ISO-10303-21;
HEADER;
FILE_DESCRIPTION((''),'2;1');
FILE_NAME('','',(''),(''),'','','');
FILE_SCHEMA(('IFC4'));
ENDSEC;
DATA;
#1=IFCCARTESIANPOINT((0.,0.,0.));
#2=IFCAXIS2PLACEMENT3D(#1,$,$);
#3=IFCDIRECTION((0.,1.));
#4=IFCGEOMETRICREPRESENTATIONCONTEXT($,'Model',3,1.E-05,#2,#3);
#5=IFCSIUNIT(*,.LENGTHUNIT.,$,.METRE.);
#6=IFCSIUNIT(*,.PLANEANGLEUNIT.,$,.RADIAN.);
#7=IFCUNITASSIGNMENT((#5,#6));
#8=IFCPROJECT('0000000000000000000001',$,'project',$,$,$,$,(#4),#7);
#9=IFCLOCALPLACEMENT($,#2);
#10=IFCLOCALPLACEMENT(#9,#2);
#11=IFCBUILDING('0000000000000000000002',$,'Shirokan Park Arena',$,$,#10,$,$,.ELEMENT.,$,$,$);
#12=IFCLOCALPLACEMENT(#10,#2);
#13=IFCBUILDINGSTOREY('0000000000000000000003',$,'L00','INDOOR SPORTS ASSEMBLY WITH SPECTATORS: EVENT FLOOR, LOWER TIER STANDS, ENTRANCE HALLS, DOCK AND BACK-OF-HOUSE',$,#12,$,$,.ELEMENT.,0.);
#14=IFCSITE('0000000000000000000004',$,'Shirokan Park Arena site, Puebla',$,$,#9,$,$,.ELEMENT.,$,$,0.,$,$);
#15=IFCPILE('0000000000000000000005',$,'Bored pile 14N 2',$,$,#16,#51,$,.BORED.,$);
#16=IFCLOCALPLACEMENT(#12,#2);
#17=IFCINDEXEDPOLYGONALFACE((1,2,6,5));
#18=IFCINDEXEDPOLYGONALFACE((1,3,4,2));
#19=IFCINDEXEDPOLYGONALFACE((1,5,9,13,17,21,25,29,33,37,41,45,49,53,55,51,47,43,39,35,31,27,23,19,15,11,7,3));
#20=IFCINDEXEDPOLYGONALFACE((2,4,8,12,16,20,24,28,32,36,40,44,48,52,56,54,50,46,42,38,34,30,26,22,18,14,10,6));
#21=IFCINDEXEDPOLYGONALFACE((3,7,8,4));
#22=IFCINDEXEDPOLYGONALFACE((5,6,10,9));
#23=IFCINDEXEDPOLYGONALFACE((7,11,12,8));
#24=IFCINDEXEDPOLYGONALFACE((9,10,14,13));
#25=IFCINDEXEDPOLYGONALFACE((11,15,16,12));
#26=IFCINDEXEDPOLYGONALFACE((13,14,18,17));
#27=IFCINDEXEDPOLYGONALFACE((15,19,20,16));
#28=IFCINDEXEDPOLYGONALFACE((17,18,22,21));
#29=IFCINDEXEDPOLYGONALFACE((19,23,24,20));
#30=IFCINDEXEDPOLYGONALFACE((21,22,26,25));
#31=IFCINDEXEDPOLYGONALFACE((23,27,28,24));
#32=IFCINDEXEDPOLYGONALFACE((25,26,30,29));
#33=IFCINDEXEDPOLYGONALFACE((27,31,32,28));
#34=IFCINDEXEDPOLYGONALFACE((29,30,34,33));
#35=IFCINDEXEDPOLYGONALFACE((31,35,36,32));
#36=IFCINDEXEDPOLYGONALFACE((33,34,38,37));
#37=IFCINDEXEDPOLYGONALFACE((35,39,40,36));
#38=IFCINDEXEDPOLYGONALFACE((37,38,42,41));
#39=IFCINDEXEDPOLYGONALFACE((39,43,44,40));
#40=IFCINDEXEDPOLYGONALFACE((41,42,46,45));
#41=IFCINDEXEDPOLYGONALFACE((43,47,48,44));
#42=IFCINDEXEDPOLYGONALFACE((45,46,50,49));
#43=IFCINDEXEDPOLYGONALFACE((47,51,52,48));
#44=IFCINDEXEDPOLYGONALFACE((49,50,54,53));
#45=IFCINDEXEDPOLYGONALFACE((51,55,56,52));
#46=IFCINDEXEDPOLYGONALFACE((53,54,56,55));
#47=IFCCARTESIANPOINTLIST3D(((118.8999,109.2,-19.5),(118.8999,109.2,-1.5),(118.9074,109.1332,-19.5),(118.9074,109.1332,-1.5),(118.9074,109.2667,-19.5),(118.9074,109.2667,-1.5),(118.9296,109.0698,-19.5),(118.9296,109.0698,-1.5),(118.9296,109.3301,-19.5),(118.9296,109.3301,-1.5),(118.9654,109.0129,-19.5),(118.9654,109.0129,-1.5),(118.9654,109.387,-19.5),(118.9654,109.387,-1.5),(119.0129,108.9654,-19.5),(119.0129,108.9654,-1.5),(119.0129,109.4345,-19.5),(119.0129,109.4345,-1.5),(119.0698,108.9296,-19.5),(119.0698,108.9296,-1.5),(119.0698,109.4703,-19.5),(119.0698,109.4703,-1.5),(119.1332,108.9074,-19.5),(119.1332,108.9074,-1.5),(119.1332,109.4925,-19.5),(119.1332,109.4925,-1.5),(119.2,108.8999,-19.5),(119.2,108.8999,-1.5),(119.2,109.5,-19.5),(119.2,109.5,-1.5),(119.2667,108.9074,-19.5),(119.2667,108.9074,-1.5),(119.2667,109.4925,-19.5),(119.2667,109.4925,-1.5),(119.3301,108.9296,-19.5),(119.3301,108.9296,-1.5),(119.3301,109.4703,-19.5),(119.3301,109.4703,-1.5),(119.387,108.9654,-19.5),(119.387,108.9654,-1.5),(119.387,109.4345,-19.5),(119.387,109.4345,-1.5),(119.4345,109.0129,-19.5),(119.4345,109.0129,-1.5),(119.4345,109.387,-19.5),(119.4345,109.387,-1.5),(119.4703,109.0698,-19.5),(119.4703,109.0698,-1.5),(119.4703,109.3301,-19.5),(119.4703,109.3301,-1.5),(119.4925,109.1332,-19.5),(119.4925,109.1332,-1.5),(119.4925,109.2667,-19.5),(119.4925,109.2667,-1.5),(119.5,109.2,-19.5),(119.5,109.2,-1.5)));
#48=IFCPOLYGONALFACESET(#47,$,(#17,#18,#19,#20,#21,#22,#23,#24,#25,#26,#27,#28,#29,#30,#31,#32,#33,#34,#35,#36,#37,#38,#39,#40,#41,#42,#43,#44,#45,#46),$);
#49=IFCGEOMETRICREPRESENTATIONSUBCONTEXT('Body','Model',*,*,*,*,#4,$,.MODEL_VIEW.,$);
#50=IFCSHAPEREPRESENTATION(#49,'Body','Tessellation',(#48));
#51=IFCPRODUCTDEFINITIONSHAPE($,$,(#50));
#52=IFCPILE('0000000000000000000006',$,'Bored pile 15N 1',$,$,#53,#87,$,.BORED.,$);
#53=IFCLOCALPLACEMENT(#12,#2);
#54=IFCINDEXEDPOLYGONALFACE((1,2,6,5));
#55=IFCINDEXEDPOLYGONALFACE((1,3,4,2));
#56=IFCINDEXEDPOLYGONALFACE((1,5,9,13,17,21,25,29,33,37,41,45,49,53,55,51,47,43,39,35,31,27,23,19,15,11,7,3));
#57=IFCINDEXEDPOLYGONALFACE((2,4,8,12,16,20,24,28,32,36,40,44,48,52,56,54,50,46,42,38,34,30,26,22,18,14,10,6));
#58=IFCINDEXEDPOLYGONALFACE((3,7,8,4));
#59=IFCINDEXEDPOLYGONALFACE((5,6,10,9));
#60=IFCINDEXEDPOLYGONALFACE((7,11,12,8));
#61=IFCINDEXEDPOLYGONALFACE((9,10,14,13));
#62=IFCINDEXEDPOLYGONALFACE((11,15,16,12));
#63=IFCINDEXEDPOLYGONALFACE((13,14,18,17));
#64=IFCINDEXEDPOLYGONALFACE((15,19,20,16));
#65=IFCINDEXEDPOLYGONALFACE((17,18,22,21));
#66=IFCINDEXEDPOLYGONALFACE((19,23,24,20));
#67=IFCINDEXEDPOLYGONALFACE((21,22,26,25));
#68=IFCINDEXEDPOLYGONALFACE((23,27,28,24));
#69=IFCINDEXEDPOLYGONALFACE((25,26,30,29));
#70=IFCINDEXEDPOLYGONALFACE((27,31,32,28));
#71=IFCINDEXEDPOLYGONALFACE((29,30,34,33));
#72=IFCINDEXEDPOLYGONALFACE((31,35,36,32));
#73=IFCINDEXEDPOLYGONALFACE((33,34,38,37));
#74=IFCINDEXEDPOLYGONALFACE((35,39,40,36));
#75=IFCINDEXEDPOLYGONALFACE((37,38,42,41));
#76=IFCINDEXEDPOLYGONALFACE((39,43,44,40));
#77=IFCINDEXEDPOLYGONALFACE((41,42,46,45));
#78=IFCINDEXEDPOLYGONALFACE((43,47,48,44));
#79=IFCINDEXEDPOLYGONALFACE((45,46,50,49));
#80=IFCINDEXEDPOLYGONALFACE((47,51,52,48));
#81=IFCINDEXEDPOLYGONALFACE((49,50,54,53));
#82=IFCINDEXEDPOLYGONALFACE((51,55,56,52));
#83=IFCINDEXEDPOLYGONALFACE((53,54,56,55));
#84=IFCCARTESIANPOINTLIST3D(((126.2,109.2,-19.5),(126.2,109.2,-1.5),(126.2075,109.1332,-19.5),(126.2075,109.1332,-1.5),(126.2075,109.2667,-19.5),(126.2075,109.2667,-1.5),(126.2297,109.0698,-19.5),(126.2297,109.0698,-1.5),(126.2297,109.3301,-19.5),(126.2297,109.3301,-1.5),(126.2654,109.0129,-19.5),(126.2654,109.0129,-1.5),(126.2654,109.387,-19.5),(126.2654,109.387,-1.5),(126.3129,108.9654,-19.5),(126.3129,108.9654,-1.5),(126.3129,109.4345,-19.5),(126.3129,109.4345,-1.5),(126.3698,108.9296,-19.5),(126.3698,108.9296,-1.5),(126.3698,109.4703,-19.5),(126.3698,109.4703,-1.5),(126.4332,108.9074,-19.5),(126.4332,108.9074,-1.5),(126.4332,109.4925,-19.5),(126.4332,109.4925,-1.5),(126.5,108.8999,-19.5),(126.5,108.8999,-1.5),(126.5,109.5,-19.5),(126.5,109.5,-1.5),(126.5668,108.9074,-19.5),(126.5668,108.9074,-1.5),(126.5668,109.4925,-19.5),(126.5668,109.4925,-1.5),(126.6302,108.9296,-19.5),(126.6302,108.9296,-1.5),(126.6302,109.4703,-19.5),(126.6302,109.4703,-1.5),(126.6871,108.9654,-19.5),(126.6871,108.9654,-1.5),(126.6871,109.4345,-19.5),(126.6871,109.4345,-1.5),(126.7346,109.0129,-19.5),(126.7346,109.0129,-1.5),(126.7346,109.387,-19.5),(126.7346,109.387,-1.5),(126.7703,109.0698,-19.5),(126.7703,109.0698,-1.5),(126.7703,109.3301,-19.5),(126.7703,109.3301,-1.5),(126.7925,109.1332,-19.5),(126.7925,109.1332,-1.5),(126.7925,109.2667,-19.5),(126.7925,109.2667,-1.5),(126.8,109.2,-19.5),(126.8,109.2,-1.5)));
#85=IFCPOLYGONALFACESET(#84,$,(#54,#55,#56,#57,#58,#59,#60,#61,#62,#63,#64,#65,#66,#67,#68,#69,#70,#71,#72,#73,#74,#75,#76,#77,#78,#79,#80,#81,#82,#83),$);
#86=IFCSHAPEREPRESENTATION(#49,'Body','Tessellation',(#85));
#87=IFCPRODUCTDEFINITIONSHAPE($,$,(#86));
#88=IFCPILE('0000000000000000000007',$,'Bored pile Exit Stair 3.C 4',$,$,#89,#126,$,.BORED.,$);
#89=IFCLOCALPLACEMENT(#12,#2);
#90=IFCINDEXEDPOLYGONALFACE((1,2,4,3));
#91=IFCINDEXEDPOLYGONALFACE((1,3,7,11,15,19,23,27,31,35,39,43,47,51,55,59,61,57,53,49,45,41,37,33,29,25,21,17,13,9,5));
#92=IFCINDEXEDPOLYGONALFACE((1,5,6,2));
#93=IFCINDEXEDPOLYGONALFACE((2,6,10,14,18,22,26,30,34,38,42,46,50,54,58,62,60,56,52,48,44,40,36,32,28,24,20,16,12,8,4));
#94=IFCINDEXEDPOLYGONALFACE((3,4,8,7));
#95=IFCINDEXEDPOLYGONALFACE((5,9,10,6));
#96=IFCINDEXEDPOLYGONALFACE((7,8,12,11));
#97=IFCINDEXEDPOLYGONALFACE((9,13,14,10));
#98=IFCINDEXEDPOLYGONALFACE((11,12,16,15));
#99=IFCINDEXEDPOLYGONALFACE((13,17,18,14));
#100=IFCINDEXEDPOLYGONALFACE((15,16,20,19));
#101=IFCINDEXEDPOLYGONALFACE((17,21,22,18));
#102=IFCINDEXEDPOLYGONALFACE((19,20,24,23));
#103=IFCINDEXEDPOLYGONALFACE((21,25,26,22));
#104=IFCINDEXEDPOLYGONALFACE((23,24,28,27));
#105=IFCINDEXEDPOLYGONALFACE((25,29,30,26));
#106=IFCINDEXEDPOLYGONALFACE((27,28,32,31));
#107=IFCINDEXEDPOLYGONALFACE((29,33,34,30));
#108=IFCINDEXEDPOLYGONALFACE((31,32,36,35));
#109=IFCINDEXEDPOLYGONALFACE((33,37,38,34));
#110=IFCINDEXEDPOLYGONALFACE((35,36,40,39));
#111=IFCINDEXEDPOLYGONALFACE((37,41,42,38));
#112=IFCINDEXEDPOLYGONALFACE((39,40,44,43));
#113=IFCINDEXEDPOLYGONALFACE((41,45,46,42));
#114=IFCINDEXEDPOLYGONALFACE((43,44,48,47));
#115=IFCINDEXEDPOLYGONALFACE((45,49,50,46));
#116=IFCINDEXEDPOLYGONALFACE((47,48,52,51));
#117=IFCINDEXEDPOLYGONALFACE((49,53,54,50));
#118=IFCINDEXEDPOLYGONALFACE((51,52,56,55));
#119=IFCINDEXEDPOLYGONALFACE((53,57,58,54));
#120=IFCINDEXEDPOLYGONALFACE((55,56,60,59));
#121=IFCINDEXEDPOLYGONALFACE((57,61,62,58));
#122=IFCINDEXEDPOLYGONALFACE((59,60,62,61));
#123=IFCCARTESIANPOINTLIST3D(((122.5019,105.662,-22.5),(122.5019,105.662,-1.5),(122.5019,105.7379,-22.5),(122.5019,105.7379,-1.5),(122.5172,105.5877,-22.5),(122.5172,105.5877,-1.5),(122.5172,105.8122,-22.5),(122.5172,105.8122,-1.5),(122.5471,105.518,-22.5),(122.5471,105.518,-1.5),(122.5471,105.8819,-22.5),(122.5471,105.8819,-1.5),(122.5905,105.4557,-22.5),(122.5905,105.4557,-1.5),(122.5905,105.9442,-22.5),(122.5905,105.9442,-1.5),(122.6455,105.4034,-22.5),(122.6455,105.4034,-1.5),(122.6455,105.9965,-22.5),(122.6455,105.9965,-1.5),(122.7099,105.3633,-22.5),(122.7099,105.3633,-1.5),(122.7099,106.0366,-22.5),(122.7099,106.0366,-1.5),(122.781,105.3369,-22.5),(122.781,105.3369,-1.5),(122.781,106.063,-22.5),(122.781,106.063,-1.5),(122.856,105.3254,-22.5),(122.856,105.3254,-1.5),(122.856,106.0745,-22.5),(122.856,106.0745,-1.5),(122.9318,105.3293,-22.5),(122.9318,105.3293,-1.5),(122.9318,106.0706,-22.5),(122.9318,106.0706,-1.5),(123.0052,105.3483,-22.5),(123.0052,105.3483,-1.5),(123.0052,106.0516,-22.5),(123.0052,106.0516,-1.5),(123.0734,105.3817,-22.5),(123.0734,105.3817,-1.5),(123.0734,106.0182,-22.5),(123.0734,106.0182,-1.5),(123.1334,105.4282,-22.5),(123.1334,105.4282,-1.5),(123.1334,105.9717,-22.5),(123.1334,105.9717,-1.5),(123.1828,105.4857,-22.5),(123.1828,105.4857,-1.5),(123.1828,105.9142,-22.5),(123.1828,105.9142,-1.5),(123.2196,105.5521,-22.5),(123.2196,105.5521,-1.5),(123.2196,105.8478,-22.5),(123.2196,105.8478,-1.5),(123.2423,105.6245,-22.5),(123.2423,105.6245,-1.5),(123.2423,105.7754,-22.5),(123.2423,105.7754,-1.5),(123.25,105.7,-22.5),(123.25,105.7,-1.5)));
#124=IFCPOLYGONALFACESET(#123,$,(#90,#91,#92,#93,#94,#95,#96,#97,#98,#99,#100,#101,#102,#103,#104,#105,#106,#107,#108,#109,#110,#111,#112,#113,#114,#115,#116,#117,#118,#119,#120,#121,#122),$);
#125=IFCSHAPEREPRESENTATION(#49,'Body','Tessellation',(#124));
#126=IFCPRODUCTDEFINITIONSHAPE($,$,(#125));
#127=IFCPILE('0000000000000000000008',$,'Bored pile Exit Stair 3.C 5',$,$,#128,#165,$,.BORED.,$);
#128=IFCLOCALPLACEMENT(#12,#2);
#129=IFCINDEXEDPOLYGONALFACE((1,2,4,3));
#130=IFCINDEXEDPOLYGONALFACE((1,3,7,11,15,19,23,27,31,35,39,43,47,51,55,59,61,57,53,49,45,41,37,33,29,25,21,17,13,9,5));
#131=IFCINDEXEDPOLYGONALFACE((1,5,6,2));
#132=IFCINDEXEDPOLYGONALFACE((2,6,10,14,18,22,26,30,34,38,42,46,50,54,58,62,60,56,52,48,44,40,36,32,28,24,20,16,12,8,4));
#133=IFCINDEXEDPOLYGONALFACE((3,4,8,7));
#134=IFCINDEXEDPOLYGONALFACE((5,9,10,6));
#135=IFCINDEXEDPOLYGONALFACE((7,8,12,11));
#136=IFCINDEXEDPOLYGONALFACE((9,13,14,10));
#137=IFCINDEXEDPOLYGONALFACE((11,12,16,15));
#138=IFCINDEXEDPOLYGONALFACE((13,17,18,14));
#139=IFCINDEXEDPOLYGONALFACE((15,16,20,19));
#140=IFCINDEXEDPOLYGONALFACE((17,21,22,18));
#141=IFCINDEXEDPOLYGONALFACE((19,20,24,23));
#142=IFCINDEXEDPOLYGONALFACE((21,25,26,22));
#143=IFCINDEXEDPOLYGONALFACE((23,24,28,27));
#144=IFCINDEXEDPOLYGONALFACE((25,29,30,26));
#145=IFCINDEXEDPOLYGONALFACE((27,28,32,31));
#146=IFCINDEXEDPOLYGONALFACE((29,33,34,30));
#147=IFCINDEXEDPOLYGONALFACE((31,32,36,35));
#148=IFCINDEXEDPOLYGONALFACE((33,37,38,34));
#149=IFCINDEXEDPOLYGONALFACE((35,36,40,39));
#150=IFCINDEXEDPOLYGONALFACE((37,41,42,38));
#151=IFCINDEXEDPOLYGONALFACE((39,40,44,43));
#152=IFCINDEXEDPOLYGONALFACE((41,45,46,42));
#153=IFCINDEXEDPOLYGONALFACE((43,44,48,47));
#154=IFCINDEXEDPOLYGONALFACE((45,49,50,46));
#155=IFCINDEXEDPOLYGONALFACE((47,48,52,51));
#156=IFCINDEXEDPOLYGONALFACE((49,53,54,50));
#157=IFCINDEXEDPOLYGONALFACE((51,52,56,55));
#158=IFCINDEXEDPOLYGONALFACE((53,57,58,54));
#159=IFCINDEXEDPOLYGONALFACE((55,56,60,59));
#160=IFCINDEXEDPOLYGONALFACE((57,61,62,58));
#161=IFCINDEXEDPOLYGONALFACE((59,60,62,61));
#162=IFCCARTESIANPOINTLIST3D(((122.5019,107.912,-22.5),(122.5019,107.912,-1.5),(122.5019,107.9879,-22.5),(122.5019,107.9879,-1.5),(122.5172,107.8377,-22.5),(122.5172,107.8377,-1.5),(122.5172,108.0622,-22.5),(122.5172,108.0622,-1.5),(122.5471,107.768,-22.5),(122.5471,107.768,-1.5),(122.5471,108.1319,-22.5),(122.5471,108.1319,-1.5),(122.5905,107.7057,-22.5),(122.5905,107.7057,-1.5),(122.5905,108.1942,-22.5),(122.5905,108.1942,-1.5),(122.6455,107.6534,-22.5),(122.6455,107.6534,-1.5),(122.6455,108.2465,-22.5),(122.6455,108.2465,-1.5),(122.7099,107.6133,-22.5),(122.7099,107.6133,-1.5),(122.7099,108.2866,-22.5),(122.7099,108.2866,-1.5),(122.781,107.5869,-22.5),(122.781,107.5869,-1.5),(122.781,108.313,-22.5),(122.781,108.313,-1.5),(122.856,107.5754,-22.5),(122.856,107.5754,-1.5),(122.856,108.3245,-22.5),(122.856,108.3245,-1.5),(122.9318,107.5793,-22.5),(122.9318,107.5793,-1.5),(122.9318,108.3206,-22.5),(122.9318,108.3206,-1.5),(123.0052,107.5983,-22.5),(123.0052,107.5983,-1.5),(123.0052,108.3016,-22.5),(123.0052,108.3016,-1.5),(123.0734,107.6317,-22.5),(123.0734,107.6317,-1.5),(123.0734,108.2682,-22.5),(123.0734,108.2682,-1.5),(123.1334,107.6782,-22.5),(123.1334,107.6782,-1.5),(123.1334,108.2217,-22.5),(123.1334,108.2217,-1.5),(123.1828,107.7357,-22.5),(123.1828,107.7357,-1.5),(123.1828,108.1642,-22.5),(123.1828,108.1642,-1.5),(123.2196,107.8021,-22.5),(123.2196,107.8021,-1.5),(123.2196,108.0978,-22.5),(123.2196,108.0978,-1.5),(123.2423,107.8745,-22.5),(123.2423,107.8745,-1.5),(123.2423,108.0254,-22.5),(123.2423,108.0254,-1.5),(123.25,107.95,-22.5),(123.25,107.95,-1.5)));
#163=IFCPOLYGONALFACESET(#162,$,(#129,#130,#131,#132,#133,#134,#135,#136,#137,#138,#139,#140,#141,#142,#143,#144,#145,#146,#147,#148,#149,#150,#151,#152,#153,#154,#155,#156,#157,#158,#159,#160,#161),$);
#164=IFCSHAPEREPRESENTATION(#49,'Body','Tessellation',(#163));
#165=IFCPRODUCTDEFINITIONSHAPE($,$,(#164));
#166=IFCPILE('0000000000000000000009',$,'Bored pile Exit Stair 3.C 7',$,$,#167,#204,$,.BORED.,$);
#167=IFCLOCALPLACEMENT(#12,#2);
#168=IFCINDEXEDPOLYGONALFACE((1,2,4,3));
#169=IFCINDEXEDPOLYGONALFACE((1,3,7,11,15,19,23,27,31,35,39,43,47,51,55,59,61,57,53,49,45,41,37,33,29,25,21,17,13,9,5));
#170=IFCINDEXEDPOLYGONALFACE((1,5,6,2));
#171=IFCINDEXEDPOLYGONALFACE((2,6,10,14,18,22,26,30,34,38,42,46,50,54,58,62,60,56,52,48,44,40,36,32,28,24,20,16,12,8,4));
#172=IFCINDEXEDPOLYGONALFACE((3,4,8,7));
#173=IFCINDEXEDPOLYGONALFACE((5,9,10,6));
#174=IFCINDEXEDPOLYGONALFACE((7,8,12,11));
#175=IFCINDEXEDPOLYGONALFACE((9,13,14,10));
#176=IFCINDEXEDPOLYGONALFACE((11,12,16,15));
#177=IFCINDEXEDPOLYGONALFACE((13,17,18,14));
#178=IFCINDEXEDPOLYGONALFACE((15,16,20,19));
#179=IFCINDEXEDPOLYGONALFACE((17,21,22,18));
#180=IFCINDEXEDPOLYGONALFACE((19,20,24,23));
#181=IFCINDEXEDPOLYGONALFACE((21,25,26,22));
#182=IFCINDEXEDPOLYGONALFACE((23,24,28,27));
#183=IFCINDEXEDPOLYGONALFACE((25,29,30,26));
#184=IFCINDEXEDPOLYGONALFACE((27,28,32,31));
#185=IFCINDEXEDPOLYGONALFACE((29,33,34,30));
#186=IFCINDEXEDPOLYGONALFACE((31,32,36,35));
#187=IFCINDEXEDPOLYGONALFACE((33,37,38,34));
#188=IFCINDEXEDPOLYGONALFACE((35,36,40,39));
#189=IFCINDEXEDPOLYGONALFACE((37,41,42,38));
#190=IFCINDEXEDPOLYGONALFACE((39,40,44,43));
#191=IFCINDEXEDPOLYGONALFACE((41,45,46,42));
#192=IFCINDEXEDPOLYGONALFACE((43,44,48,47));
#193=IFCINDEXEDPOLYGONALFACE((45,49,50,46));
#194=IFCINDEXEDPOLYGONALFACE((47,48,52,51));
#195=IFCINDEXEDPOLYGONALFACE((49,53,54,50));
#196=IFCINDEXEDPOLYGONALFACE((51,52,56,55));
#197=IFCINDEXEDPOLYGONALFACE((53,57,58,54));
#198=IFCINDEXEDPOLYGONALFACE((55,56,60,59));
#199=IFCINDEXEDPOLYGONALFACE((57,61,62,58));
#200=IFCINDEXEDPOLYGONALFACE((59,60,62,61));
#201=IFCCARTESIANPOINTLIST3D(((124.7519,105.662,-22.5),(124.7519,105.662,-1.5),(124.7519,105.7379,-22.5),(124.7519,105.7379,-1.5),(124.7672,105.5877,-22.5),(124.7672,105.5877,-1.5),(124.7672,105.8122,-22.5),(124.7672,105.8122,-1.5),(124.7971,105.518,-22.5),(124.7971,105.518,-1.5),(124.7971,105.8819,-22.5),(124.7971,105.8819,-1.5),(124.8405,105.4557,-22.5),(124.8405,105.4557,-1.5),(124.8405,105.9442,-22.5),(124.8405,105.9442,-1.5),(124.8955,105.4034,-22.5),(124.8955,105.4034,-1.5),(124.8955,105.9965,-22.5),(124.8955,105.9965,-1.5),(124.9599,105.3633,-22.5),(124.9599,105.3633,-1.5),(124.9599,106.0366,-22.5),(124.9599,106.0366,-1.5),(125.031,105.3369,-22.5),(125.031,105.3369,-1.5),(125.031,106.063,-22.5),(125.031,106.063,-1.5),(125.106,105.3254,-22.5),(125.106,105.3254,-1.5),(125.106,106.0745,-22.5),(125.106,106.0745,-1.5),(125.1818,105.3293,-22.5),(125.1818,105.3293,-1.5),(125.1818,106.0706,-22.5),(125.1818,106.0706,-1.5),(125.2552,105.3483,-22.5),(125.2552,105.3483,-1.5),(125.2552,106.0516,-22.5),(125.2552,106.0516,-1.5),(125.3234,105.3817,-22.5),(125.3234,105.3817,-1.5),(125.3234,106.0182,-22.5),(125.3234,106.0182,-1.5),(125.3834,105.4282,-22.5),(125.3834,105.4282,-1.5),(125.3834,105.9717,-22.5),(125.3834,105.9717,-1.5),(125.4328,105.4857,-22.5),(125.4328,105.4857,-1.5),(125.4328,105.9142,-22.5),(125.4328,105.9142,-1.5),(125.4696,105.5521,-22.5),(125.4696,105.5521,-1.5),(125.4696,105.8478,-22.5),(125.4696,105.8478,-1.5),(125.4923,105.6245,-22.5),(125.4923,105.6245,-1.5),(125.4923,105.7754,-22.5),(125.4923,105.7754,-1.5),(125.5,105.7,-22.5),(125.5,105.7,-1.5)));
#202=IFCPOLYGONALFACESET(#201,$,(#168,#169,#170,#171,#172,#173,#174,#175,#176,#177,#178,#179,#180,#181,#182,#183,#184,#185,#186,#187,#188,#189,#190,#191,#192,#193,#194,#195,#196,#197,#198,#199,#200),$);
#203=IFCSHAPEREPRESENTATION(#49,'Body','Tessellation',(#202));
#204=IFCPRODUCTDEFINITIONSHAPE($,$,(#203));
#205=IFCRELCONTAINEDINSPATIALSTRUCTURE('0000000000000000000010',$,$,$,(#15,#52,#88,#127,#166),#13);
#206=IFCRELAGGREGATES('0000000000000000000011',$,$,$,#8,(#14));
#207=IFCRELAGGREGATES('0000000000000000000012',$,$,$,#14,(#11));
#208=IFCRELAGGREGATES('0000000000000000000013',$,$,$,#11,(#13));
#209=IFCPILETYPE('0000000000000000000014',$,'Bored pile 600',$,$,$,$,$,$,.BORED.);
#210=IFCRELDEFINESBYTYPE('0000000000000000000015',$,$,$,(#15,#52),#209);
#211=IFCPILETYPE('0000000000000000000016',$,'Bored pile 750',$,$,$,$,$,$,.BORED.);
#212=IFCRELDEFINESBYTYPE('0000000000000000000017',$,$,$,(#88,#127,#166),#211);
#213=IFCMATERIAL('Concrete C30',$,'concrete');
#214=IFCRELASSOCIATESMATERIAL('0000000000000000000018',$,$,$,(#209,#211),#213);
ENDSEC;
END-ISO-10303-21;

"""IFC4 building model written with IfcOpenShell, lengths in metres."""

from ifc_helpers import new_model, si_unit, direction, frame, origin, origin_2d, place, context, subcontext, project, spatial, circle, extrude, material, material_profile, profile_set, type_object, element, save


model = new_model("IFC4")

# Units and contexts
model_context = context("Model", 3, precision=1e-05, world=origin(), true_north=direction((0.0, 1.0)))
body_context = subcontext(model_context, "Body", "Model", "MODEL_VIEW")
ifc_project = project(units=[si_unit("LENGTHUNIT", "METRE"), si_unit("PLANEANGLEUNIT", "RADIAN")], contexts=[model_context])

# Site, building, storey
site_placement = place(None, origin())
site = spatial("IfcSite", under=ifc_project, at=site_placement, Name="Shirokan Park Arena site, Puebla", CompositionType="ELEMENT", RefElevation=0.0)
building_placement = place(site_placement, origin())
building = spatial("IfcBuilding", under=site, at=building_placement, Name="Shirokan Park Arena", CompositionType="ELEMENT")
storey_placement = place(building_placement, origin())
storey = spatial("IfcBuildingStorey", under=building, at=storey_placement, Name="L00", Description="INDOOR SPORTS ASSEMBLY WITH SPECTATORS: EVENT FLOOR, LOWER TIER STANDS, ENTRANCE HALLS, DOCK AND BACK-OF-HOUSE", CompositionType="ELEMENT", Elevation=0.0)

# Piles
ifc_material_1 = material(Name="Concrete C30", Category="concrete")
ifc_material_profile_1 = material_profile(ifc_material_1, circle(Radius=0.3, at=origin_2d()), Name="D600")
ifc_profile_set_1 = profile_set([ifc_material_profile_1], Name="Concrete C30")
pile_type_1 = type_object("IfcPileType", Name="Bored pile 600", PredefinedType="BORED", material=ifc_profile_set_1)
for number, where, z_axis, x_axis, name in (
    (1, (119.2, 109.2, -1.5), (0.0, 0.0, -1.0), (1.0, 0.0, 0.0), "Bored pile 14N 2"),
    (2, (126.5, 109.2, -1.5), (0.0, 0.0, -1.0), (1.0, 0.0, 0.0), "Bored pile 15N 1"),
):
    element("IfcPile", number, at=place(storey_placement, frame(where, z_axis=z_axis, x_axis=x_axis)), inside=storey, type_object=pile_type_1, Name=name, PredefinedType="BORED", context=body_context, shape_type="SweptSolid", body=[
        extrude(circle(Radius=0.3, at=origin_2d()), origin(), (0.0, 0.0, 1.0), 18.0),
    ])
ifc_material_profile_2 = material_profile(ifc_material_1, circle(Radius=0.375, at=origin_2d()), Name="D750")
ifc_profile_set_2 = profile_set([ifc_material_profile_2], Name="Concrete C30")
pile_type_2 = type_object("IfcPileType", Name="Bored pile 750", PredefinedType="BORED", material=ifc_profile_set_2)
for number, where, z_axis, x_axis, name in (
    (3, (122.875, 105.7, -1.5), (0.0, 0.0, -1.0), (1.0, 0.0, 0.0), "Bored pile Exit Stair 3.C 4"),
    (4, (122.875, 107.95, -1.5), (0.0, 0.0, -1.0), (1.0, 0.0, 0.0), "Bored pile Exit Stair 3.C 5"),
    (5, (125.125, 105.7, -1.5), (0.0, 0.0, -1.0), (1.0, 0.0, 0.0), "Bored pile Exit Stair 3.C 7"),
):
    element("IfcPile", number, at=place(storey_placement, frame(where, z_axis=z_axis, x_axis=x_axis)), inside=storey, type_object=pile_type_2, Name=name, PredefinedType="BORED", context=body_context, shape_type="SweptSolid", body=[
        extrude(circle(Radius=0.375, at=origin_2d()), origin(), (0.0, 0.0, 1.0), 21.0),
    ])

save(model, "model.ifc")
